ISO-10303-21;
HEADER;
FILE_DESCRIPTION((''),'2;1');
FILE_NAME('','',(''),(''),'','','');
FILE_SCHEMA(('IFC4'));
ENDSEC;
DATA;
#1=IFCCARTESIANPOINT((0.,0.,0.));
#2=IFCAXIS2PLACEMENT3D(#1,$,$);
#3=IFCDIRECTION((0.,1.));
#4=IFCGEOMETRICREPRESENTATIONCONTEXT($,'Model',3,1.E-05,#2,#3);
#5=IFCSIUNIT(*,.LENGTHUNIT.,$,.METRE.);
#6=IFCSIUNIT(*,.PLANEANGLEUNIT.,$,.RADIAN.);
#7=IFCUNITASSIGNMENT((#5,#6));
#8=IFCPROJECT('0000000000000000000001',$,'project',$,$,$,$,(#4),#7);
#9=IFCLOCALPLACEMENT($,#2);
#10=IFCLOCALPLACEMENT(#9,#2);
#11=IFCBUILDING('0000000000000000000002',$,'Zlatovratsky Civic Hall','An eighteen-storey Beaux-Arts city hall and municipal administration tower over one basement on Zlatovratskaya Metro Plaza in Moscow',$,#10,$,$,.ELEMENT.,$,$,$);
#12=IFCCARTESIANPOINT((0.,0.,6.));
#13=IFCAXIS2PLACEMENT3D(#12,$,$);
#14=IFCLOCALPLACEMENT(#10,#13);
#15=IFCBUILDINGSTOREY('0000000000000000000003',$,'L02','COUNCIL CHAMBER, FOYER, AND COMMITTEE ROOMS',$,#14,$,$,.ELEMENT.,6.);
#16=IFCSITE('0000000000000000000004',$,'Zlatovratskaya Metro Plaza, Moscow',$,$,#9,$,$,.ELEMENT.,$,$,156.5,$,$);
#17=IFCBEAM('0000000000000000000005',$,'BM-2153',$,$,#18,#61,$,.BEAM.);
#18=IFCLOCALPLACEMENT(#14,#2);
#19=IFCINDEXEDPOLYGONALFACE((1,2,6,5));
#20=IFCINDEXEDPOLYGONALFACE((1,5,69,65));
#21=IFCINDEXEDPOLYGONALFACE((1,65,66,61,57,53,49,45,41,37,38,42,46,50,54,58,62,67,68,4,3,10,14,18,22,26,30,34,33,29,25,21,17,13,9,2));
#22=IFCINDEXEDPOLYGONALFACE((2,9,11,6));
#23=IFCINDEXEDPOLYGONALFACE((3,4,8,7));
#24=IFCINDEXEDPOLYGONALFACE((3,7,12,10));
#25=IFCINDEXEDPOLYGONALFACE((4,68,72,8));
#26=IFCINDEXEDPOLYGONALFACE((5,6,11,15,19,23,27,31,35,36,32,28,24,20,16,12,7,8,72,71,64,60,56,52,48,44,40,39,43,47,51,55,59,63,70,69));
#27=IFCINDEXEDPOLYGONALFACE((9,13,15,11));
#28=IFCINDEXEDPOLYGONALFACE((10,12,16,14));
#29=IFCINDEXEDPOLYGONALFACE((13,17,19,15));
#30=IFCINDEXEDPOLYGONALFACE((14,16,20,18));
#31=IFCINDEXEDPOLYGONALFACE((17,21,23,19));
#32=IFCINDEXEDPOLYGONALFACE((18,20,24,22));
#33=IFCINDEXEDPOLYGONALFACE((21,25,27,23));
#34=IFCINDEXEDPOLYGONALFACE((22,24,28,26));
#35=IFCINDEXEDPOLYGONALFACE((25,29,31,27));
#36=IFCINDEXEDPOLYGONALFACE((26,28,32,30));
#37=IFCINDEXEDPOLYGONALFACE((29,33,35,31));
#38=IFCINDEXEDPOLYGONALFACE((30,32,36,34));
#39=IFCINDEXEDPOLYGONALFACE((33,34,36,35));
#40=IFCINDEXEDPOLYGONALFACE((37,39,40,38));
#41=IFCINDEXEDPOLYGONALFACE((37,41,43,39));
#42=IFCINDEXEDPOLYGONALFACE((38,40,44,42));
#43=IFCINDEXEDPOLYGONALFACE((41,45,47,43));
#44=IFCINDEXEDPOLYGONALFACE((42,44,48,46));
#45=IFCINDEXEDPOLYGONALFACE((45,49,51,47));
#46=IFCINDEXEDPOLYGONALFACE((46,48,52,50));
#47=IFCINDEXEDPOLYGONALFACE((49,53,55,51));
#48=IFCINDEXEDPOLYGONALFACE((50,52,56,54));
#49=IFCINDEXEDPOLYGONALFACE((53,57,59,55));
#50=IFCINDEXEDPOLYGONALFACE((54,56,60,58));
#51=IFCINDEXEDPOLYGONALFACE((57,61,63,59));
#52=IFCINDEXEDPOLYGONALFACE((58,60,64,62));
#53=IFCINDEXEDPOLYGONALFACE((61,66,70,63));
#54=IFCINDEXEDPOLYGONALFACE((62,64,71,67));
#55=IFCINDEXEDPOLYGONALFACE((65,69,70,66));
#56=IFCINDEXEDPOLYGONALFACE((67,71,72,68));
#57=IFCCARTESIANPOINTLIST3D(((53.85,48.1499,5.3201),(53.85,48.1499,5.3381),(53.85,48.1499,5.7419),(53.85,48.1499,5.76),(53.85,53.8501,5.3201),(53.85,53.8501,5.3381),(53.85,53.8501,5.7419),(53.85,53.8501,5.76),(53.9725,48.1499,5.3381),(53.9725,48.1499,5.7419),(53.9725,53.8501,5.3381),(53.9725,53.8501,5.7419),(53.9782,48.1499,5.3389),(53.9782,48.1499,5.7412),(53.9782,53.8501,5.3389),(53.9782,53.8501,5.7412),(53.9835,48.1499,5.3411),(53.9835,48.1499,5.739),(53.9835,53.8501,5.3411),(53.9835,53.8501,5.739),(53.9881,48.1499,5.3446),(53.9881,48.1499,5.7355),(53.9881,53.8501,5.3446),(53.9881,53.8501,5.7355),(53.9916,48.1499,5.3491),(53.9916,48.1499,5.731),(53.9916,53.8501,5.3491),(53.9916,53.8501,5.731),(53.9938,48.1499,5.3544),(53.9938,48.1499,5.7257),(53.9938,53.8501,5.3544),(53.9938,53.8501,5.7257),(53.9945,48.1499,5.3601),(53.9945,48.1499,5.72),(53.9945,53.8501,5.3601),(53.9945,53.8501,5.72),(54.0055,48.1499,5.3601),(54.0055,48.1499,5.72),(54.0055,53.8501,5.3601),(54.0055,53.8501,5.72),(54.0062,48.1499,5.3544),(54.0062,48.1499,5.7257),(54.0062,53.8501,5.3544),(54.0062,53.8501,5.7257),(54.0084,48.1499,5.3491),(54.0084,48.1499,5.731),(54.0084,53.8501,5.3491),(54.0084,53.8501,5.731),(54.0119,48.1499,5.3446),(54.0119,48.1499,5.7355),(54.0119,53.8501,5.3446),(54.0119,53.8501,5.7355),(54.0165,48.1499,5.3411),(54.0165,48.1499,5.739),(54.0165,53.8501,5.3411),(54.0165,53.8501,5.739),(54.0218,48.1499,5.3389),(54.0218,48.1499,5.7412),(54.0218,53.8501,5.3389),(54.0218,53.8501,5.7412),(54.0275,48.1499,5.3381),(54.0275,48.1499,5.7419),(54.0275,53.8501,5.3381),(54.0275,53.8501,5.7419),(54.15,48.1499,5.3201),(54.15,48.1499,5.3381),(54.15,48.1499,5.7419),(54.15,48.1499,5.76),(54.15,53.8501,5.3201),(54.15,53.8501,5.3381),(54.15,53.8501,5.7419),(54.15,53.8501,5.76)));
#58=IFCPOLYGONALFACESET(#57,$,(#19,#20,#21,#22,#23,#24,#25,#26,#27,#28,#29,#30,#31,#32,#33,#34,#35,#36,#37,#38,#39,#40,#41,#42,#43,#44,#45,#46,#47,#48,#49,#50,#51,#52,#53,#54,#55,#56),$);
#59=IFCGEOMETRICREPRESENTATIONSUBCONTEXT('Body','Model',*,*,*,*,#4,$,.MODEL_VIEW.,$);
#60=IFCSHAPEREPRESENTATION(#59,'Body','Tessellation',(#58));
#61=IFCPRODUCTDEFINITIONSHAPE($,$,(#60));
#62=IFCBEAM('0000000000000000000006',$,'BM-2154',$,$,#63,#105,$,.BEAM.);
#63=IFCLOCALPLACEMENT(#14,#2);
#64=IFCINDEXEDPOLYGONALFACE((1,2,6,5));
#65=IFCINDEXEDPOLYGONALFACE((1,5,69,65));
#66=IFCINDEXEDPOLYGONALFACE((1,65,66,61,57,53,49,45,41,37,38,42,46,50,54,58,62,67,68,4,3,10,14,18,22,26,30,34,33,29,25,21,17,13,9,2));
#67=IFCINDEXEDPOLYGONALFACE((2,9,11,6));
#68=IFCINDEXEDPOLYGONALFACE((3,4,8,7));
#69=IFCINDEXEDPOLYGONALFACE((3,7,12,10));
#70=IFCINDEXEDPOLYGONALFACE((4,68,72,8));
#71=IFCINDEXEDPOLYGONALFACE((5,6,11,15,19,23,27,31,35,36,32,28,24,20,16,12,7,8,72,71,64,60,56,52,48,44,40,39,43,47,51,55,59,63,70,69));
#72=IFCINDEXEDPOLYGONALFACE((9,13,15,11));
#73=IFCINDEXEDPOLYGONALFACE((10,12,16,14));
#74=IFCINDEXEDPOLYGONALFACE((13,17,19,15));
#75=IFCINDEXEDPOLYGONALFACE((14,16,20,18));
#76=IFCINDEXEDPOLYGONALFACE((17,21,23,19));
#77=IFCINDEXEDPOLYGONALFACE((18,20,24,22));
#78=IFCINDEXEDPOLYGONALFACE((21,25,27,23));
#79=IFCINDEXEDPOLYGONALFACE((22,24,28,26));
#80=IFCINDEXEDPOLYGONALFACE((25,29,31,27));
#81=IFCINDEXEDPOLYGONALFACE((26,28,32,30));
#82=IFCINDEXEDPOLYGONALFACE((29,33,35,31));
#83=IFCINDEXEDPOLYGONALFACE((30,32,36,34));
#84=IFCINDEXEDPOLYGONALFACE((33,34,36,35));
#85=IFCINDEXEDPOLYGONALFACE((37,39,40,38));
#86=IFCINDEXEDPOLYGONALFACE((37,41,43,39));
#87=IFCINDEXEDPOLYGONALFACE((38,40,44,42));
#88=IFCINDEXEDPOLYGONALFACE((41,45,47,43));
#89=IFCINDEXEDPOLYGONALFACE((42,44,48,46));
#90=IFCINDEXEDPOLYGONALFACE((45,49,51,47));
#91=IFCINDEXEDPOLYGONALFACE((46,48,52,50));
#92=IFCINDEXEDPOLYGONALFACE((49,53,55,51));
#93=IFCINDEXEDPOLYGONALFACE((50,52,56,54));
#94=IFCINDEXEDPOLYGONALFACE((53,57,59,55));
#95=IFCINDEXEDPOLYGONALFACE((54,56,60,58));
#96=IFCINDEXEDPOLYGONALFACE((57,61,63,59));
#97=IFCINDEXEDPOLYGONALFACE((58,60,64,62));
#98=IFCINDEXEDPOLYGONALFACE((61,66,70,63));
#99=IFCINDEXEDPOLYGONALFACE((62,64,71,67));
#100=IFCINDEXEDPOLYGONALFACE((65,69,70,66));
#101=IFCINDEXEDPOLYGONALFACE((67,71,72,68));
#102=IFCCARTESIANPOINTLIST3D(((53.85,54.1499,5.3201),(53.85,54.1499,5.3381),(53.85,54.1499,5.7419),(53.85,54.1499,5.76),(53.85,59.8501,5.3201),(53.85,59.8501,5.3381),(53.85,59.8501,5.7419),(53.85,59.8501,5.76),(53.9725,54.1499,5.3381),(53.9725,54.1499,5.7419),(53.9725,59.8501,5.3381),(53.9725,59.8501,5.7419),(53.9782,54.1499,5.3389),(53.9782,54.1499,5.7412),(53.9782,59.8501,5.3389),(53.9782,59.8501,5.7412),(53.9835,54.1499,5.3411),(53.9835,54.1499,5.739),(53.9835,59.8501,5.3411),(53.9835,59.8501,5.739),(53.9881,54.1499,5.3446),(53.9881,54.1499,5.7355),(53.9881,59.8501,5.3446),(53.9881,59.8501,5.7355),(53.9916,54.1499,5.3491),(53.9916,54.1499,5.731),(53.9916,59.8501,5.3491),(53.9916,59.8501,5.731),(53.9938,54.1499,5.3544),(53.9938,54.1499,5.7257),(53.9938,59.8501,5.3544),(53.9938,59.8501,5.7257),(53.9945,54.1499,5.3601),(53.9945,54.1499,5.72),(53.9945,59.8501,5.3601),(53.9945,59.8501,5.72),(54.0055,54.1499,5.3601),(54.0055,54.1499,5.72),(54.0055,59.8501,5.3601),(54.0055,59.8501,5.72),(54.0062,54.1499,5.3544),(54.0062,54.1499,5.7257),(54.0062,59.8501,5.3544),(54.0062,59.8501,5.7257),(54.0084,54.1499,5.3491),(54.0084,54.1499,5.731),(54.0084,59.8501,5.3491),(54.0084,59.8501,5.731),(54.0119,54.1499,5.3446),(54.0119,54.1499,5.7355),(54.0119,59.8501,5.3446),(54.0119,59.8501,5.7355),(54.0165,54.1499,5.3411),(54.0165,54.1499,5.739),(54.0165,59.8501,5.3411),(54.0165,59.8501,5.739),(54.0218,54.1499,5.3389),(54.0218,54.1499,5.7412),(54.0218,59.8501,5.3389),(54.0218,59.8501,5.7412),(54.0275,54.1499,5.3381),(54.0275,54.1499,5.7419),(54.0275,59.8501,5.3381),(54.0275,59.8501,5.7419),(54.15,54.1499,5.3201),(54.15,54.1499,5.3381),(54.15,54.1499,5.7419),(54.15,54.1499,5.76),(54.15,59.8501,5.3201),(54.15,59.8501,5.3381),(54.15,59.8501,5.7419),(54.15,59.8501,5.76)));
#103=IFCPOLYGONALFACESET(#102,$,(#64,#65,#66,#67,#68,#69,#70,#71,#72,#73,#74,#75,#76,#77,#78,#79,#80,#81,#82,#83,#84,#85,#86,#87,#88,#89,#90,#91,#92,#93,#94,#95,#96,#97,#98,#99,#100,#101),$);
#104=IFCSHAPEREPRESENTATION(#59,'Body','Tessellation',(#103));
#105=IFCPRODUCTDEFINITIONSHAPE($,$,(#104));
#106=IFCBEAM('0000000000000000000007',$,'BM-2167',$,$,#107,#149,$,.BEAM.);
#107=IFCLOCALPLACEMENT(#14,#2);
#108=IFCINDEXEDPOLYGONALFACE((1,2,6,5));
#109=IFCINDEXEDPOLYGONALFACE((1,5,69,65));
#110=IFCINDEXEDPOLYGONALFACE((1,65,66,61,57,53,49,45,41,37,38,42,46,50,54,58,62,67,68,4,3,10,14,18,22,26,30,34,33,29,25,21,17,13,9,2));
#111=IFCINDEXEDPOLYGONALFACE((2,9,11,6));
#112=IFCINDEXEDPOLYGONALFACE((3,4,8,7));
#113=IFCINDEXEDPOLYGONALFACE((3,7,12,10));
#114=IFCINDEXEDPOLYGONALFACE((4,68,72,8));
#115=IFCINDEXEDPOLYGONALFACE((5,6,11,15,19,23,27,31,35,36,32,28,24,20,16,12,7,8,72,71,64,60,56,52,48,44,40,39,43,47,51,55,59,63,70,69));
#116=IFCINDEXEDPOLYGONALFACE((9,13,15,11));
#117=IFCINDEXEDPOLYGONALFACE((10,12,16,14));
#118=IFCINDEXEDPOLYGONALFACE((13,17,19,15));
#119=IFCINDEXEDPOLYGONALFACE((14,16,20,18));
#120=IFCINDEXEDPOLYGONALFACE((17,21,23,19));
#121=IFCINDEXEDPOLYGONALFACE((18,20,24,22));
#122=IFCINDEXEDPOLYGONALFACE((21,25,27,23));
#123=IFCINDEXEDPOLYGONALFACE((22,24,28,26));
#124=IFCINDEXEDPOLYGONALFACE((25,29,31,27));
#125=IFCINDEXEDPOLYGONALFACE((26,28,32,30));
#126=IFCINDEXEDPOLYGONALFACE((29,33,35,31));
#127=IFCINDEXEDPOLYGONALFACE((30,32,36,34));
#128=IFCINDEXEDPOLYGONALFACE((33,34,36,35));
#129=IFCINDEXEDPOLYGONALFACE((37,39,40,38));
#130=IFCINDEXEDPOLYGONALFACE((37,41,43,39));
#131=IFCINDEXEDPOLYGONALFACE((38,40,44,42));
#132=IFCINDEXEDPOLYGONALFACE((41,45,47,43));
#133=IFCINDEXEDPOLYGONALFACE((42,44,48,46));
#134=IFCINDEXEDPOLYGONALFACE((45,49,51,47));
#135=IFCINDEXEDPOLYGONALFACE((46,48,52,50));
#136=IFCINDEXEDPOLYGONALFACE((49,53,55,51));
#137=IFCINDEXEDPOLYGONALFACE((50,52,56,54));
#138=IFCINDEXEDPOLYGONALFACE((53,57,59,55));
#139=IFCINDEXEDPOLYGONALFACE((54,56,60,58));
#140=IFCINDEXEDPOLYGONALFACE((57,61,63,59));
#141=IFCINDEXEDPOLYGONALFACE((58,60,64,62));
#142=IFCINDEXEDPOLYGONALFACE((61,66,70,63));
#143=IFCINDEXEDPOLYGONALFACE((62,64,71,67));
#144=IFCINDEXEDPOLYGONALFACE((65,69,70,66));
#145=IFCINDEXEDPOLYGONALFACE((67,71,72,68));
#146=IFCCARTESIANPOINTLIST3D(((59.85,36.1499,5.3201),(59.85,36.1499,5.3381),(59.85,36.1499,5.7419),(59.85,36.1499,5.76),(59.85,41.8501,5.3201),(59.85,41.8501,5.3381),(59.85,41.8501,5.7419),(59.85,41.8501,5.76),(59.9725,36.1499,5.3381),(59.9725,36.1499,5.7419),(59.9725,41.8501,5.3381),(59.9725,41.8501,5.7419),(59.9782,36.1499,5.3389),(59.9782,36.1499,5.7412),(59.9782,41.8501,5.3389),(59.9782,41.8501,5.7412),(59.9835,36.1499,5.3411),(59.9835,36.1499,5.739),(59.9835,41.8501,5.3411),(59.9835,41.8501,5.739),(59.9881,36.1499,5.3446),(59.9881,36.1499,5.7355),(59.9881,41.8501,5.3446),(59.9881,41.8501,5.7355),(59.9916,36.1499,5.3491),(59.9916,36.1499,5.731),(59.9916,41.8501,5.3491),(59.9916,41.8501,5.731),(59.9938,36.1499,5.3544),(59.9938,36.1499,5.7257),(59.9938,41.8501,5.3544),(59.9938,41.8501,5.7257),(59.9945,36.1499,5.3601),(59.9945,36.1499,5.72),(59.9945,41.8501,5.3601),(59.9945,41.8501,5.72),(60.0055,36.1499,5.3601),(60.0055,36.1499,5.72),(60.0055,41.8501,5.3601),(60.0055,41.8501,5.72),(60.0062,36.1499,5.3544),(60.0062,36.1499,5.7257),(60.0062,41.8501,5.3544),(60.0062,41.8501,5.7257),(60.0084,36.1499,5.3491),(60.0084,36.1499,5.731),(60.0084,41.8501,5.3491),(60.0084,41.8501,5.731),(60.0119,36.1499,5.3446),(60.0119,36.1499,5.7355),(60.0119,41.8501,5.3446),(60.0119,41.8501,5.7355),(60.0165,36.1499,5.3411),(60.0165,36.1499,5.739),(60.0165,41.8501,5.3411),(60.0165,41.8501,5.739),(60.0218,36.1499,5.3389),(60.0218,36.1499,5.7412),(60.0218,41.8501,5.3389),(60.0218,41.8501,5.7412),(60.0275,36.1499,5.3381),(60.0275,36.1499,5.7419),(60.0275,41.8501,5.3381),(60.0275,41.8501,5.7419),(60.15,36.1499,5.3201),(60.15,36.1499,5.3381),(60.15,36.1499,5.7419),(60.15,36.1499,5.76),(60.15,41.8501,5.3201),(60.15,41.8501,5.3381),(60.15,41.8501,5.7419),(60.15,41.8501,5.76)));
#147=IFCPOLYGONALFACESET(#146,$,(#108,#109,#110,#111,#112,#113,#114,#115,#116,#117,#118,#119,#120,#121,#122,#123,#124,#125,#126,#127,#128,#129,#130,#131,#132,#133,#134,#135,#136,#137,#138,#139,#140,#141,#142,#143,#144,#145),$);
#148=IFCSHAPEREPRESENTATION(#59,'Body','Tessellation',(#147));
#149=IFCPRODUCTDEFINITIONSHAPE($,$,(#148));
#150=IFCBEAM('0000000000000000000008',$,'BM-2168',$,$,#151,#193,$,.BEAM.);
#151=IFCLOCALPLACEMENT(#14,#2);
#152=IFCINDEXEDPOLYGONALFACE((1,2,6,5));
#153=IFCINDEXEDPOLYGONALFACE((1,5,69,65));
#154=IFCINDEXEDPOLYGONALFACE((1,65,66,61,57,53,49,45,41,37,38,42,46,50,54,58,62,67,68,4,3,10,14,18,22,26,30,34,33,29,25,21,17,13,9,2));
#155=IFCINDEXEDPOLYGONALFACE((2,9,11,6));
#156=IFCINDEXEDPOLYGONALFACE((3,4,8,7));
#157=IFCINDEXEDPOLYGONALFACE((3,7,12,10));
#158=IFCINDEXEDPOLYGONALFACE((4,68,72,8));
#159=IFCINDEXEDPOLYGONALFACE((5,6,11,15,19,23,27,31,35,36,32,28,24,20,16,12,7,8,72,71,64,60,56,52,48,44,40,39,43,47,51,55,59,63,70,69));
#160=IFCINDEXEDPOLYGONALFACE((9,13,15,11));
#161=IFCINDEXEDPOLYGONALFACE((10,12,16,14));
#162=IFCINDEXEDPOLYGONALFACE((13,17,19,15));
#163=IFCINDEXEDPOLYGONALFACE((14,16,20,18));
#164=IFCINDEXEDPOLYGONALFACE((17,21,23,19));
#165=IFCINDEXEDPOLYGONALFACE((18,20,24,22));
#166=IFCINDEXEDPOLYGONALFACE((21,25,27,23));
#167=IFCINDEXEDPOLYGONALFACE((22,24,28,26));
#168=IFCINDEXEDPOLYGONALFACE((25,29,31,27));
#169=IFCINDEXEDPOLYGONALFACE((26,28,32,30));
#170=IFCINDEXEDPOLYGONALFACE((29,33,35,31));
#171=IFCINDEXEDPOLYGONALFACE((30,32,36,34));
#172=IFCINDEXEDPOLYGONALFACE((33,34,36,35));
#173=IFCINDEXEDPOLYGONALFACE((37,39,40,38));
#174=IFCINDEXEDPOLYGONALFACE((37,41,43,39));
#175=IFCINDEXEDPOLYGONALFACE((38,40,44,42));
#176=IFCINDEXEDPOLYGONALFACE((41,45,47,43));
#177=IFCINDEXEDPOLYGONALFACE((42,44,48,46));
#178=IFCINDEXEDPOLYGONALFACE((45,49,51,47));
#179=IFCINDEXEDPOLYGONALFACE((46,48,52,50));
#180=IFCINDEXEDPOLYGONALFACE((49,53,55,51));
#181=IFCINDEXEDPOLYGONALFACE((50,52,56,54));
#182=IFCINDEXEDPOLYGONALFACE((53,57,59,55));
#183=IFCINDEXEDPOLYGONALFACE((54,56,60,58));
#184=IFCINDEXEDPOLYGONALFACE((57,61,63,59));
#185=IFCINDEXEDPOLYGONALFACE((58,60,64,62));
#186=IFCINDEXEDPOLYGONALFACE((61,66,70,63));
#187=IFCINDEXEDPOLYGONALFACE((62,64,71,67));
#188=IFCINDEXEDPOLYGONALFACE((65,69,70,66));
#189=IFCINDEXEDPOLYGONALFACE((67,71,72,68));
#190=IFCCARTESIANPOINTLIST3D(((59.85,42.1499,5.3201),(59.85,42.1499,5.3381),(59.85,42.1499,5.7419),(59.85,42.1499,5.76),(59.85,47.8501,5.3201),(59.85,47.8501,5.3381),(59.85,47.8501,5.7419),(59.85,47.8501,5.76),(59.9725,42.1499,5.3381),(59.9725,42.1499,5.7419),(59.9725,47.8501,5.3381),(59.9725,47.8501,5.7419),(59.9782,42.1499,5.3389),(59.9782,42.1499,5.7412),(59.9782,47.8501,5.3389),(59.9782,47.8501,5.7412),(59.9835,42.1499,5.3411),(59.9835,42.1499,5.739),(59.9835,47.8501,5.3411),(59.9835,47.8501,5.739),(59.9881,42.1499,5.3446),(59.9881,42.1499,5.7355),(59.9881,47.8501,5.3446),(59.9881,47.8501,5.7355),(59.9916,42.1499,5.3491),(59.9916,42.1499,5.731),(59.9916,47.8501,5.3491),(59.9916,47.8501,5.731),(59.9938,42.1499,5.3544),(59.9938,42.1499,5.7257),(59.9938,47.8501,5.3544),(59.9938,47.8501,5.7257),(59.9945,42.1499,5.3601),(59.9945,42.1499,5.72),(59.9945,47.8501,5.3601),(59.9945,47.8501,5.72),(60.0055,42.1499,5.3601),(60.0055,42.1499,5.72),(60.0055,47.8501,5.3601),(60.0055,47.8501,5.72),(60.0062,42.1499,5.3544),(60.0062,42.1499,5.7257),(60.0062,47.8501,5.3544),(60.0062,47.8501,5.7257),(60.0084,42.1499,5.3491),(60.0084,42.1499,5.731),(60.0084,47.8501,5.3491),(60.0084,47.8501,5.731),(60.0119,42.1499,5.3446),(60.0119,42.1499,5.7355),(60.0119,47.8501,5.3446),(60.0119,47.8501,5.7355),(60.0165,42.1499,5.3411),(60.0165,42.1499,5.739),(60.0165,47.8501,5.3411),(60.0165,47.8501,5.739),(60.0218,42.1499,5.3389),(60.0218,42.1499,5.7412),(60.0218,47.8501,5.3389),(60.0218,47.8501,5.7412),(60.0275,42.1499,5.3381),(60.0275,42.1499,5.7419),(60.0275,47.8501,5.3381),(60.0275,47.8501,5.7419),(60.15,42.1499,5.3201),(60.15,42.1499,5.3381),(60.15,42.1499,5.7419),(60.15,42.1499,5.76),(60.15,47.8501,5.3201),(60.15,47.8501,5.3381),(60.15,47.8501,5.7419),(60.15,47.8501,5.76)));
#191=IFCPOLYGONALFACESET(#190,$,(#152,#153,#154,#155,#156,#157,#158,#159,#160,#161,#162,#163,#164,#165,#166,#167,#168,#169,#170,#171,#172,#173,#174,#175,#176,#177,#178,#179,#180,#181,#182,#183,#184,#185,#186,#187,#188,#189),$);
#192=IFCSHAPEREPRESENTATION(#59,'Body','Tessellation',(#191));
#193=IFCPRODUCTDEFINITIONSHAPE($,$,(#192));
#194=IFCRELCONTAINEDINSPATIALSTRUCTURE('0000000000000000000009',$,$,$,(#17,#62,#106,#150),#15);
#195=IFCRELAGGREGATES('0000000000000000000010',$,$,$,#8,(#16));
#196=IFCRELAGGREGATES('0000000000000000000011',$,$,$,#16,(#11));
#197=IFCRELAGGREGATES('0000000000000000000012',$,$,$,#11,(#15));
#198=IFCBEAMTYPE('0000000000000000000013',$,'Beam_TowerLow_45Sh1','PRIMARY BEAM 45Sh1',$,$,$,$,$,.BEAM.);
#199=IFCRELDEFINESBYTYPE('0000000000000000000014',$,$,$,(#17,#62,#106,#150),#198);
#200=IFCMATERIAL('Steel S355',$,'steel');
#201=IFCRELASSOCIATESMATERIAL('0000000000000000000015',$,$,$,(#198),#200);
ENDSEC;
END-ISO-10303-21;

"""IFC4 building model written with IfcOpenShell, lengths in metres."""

from ifc_helpers import new_model, si_unit, direction, frame, origin, origin_2d, place, context, subcontext, project, spatial, i_section, extrude, material, material_profile, profile_set, type_object, element, save


model = new_model("IFC4")

# Units and contexts
model_context = context("Model", 3, precision=1e-05, world=origin(), true_north=direction((0.0, 1.0)))
body_context = subcontext(model_context, "Body", "Model", "MODEL_VIEW")
ifc_project = project(units=[si_unit("LENGTHUNIT", "METRE"), si_unit("PLANEANGLEUNIT", "RADIAN")], contexts=[model_context])

# Site, building, storey
site_placement = place(None, origin())
site = spatial("IfcSite", under=ifc_project, at=site_placement, Name="Zlatovratskaya Metro Plaza, Moscow", CompositionType="ELEMENT", RefElevation=156.5)
building_placement = place(site_placement, origin())
building = spatial("IfcBuilding", under=site, at=building_placement, Name="Zlatovratsky Civic Hall", Description="An eighteen-storey Beaux-Arts city hall and municipal administration tower over one basement on Zlatovratskaya Metro Plaza in Moscow", CompositionType="ELEMENT")
storey_placement = place(building_placement, frame((0.0, 0.0, 6.0)))
storey = spatial("IfcBuildingStorey", under=building, at=storey_placement, Name="L02", Description="COUNCIL CHAMBER, FOYER, AND COMMITTEE ROOMS", CompositionType="ELEMENT", Elevation=6.0)

# Shared definitions
ifc_material_1 = material(Name="Steel S355", Category="steel")

# Beams
ifc_material_profile_1 = material_profile(ifc_material_1, i_section(OverallWidth=0.3, OverallDepth=0.4399, WebThickness=0.011, FlangeThickness=0.0181, FilletRadius=0.022, at=origin_2d()), Name="45Sh1")
ifc_profile_set_1 = profile_set([ifc_material_profile_1], Name="Steel S355")
beam_type = type_object("IfcBeamType", Name="Beam_TowerLow_45Sh1", Description="PRIMARY BEAM 45Sh1", PredefinedType="BEAM", material=ifc_profile_set_1)
for number, where, z_axis, x_axis, name in (
    (1, (54.0, 48.1499, 5.54), (0.0, 1.0, 0.0), (-1.0, 0.0, 0.0), "BM-2153"),
    (2, (54.0, 54.1499, 5.54), (0.0, 1.0, 0.0), (-1.0, 0.0, 0.0), "BM-2154"),
    (3, (60.0, 36.1499, 5.54), (0.0, 1.0, 0.0), (-1.0, 0.0, 0.0), "BM-2167"),
    (4, (60.0, 42.1499, 5.54), (0.0, 1.0, 0.0), (-1.0, 0.0, 0.0), "BM-2168"),
):
    element("IfcBeam", number, at=place(storey_placement, frame(where, z_axis=z_axis, x_axis=x_axis)), inside=storey, type_object=beam_type, Name=name, PredefinedType="BEAM", context=body_context, shape_type="SweptSolid", body=[
        extrude(i_section(OverallWidth=0.3, OverallDepth=0.4399, WebThickness=0.011, FlangeThickness=0.0181, FilletRadius=0.022, at=origin_2d()), origin(), (0.0, 0.0, 1.0), 5.7002),
    ])

save(model, "model.ifc")
